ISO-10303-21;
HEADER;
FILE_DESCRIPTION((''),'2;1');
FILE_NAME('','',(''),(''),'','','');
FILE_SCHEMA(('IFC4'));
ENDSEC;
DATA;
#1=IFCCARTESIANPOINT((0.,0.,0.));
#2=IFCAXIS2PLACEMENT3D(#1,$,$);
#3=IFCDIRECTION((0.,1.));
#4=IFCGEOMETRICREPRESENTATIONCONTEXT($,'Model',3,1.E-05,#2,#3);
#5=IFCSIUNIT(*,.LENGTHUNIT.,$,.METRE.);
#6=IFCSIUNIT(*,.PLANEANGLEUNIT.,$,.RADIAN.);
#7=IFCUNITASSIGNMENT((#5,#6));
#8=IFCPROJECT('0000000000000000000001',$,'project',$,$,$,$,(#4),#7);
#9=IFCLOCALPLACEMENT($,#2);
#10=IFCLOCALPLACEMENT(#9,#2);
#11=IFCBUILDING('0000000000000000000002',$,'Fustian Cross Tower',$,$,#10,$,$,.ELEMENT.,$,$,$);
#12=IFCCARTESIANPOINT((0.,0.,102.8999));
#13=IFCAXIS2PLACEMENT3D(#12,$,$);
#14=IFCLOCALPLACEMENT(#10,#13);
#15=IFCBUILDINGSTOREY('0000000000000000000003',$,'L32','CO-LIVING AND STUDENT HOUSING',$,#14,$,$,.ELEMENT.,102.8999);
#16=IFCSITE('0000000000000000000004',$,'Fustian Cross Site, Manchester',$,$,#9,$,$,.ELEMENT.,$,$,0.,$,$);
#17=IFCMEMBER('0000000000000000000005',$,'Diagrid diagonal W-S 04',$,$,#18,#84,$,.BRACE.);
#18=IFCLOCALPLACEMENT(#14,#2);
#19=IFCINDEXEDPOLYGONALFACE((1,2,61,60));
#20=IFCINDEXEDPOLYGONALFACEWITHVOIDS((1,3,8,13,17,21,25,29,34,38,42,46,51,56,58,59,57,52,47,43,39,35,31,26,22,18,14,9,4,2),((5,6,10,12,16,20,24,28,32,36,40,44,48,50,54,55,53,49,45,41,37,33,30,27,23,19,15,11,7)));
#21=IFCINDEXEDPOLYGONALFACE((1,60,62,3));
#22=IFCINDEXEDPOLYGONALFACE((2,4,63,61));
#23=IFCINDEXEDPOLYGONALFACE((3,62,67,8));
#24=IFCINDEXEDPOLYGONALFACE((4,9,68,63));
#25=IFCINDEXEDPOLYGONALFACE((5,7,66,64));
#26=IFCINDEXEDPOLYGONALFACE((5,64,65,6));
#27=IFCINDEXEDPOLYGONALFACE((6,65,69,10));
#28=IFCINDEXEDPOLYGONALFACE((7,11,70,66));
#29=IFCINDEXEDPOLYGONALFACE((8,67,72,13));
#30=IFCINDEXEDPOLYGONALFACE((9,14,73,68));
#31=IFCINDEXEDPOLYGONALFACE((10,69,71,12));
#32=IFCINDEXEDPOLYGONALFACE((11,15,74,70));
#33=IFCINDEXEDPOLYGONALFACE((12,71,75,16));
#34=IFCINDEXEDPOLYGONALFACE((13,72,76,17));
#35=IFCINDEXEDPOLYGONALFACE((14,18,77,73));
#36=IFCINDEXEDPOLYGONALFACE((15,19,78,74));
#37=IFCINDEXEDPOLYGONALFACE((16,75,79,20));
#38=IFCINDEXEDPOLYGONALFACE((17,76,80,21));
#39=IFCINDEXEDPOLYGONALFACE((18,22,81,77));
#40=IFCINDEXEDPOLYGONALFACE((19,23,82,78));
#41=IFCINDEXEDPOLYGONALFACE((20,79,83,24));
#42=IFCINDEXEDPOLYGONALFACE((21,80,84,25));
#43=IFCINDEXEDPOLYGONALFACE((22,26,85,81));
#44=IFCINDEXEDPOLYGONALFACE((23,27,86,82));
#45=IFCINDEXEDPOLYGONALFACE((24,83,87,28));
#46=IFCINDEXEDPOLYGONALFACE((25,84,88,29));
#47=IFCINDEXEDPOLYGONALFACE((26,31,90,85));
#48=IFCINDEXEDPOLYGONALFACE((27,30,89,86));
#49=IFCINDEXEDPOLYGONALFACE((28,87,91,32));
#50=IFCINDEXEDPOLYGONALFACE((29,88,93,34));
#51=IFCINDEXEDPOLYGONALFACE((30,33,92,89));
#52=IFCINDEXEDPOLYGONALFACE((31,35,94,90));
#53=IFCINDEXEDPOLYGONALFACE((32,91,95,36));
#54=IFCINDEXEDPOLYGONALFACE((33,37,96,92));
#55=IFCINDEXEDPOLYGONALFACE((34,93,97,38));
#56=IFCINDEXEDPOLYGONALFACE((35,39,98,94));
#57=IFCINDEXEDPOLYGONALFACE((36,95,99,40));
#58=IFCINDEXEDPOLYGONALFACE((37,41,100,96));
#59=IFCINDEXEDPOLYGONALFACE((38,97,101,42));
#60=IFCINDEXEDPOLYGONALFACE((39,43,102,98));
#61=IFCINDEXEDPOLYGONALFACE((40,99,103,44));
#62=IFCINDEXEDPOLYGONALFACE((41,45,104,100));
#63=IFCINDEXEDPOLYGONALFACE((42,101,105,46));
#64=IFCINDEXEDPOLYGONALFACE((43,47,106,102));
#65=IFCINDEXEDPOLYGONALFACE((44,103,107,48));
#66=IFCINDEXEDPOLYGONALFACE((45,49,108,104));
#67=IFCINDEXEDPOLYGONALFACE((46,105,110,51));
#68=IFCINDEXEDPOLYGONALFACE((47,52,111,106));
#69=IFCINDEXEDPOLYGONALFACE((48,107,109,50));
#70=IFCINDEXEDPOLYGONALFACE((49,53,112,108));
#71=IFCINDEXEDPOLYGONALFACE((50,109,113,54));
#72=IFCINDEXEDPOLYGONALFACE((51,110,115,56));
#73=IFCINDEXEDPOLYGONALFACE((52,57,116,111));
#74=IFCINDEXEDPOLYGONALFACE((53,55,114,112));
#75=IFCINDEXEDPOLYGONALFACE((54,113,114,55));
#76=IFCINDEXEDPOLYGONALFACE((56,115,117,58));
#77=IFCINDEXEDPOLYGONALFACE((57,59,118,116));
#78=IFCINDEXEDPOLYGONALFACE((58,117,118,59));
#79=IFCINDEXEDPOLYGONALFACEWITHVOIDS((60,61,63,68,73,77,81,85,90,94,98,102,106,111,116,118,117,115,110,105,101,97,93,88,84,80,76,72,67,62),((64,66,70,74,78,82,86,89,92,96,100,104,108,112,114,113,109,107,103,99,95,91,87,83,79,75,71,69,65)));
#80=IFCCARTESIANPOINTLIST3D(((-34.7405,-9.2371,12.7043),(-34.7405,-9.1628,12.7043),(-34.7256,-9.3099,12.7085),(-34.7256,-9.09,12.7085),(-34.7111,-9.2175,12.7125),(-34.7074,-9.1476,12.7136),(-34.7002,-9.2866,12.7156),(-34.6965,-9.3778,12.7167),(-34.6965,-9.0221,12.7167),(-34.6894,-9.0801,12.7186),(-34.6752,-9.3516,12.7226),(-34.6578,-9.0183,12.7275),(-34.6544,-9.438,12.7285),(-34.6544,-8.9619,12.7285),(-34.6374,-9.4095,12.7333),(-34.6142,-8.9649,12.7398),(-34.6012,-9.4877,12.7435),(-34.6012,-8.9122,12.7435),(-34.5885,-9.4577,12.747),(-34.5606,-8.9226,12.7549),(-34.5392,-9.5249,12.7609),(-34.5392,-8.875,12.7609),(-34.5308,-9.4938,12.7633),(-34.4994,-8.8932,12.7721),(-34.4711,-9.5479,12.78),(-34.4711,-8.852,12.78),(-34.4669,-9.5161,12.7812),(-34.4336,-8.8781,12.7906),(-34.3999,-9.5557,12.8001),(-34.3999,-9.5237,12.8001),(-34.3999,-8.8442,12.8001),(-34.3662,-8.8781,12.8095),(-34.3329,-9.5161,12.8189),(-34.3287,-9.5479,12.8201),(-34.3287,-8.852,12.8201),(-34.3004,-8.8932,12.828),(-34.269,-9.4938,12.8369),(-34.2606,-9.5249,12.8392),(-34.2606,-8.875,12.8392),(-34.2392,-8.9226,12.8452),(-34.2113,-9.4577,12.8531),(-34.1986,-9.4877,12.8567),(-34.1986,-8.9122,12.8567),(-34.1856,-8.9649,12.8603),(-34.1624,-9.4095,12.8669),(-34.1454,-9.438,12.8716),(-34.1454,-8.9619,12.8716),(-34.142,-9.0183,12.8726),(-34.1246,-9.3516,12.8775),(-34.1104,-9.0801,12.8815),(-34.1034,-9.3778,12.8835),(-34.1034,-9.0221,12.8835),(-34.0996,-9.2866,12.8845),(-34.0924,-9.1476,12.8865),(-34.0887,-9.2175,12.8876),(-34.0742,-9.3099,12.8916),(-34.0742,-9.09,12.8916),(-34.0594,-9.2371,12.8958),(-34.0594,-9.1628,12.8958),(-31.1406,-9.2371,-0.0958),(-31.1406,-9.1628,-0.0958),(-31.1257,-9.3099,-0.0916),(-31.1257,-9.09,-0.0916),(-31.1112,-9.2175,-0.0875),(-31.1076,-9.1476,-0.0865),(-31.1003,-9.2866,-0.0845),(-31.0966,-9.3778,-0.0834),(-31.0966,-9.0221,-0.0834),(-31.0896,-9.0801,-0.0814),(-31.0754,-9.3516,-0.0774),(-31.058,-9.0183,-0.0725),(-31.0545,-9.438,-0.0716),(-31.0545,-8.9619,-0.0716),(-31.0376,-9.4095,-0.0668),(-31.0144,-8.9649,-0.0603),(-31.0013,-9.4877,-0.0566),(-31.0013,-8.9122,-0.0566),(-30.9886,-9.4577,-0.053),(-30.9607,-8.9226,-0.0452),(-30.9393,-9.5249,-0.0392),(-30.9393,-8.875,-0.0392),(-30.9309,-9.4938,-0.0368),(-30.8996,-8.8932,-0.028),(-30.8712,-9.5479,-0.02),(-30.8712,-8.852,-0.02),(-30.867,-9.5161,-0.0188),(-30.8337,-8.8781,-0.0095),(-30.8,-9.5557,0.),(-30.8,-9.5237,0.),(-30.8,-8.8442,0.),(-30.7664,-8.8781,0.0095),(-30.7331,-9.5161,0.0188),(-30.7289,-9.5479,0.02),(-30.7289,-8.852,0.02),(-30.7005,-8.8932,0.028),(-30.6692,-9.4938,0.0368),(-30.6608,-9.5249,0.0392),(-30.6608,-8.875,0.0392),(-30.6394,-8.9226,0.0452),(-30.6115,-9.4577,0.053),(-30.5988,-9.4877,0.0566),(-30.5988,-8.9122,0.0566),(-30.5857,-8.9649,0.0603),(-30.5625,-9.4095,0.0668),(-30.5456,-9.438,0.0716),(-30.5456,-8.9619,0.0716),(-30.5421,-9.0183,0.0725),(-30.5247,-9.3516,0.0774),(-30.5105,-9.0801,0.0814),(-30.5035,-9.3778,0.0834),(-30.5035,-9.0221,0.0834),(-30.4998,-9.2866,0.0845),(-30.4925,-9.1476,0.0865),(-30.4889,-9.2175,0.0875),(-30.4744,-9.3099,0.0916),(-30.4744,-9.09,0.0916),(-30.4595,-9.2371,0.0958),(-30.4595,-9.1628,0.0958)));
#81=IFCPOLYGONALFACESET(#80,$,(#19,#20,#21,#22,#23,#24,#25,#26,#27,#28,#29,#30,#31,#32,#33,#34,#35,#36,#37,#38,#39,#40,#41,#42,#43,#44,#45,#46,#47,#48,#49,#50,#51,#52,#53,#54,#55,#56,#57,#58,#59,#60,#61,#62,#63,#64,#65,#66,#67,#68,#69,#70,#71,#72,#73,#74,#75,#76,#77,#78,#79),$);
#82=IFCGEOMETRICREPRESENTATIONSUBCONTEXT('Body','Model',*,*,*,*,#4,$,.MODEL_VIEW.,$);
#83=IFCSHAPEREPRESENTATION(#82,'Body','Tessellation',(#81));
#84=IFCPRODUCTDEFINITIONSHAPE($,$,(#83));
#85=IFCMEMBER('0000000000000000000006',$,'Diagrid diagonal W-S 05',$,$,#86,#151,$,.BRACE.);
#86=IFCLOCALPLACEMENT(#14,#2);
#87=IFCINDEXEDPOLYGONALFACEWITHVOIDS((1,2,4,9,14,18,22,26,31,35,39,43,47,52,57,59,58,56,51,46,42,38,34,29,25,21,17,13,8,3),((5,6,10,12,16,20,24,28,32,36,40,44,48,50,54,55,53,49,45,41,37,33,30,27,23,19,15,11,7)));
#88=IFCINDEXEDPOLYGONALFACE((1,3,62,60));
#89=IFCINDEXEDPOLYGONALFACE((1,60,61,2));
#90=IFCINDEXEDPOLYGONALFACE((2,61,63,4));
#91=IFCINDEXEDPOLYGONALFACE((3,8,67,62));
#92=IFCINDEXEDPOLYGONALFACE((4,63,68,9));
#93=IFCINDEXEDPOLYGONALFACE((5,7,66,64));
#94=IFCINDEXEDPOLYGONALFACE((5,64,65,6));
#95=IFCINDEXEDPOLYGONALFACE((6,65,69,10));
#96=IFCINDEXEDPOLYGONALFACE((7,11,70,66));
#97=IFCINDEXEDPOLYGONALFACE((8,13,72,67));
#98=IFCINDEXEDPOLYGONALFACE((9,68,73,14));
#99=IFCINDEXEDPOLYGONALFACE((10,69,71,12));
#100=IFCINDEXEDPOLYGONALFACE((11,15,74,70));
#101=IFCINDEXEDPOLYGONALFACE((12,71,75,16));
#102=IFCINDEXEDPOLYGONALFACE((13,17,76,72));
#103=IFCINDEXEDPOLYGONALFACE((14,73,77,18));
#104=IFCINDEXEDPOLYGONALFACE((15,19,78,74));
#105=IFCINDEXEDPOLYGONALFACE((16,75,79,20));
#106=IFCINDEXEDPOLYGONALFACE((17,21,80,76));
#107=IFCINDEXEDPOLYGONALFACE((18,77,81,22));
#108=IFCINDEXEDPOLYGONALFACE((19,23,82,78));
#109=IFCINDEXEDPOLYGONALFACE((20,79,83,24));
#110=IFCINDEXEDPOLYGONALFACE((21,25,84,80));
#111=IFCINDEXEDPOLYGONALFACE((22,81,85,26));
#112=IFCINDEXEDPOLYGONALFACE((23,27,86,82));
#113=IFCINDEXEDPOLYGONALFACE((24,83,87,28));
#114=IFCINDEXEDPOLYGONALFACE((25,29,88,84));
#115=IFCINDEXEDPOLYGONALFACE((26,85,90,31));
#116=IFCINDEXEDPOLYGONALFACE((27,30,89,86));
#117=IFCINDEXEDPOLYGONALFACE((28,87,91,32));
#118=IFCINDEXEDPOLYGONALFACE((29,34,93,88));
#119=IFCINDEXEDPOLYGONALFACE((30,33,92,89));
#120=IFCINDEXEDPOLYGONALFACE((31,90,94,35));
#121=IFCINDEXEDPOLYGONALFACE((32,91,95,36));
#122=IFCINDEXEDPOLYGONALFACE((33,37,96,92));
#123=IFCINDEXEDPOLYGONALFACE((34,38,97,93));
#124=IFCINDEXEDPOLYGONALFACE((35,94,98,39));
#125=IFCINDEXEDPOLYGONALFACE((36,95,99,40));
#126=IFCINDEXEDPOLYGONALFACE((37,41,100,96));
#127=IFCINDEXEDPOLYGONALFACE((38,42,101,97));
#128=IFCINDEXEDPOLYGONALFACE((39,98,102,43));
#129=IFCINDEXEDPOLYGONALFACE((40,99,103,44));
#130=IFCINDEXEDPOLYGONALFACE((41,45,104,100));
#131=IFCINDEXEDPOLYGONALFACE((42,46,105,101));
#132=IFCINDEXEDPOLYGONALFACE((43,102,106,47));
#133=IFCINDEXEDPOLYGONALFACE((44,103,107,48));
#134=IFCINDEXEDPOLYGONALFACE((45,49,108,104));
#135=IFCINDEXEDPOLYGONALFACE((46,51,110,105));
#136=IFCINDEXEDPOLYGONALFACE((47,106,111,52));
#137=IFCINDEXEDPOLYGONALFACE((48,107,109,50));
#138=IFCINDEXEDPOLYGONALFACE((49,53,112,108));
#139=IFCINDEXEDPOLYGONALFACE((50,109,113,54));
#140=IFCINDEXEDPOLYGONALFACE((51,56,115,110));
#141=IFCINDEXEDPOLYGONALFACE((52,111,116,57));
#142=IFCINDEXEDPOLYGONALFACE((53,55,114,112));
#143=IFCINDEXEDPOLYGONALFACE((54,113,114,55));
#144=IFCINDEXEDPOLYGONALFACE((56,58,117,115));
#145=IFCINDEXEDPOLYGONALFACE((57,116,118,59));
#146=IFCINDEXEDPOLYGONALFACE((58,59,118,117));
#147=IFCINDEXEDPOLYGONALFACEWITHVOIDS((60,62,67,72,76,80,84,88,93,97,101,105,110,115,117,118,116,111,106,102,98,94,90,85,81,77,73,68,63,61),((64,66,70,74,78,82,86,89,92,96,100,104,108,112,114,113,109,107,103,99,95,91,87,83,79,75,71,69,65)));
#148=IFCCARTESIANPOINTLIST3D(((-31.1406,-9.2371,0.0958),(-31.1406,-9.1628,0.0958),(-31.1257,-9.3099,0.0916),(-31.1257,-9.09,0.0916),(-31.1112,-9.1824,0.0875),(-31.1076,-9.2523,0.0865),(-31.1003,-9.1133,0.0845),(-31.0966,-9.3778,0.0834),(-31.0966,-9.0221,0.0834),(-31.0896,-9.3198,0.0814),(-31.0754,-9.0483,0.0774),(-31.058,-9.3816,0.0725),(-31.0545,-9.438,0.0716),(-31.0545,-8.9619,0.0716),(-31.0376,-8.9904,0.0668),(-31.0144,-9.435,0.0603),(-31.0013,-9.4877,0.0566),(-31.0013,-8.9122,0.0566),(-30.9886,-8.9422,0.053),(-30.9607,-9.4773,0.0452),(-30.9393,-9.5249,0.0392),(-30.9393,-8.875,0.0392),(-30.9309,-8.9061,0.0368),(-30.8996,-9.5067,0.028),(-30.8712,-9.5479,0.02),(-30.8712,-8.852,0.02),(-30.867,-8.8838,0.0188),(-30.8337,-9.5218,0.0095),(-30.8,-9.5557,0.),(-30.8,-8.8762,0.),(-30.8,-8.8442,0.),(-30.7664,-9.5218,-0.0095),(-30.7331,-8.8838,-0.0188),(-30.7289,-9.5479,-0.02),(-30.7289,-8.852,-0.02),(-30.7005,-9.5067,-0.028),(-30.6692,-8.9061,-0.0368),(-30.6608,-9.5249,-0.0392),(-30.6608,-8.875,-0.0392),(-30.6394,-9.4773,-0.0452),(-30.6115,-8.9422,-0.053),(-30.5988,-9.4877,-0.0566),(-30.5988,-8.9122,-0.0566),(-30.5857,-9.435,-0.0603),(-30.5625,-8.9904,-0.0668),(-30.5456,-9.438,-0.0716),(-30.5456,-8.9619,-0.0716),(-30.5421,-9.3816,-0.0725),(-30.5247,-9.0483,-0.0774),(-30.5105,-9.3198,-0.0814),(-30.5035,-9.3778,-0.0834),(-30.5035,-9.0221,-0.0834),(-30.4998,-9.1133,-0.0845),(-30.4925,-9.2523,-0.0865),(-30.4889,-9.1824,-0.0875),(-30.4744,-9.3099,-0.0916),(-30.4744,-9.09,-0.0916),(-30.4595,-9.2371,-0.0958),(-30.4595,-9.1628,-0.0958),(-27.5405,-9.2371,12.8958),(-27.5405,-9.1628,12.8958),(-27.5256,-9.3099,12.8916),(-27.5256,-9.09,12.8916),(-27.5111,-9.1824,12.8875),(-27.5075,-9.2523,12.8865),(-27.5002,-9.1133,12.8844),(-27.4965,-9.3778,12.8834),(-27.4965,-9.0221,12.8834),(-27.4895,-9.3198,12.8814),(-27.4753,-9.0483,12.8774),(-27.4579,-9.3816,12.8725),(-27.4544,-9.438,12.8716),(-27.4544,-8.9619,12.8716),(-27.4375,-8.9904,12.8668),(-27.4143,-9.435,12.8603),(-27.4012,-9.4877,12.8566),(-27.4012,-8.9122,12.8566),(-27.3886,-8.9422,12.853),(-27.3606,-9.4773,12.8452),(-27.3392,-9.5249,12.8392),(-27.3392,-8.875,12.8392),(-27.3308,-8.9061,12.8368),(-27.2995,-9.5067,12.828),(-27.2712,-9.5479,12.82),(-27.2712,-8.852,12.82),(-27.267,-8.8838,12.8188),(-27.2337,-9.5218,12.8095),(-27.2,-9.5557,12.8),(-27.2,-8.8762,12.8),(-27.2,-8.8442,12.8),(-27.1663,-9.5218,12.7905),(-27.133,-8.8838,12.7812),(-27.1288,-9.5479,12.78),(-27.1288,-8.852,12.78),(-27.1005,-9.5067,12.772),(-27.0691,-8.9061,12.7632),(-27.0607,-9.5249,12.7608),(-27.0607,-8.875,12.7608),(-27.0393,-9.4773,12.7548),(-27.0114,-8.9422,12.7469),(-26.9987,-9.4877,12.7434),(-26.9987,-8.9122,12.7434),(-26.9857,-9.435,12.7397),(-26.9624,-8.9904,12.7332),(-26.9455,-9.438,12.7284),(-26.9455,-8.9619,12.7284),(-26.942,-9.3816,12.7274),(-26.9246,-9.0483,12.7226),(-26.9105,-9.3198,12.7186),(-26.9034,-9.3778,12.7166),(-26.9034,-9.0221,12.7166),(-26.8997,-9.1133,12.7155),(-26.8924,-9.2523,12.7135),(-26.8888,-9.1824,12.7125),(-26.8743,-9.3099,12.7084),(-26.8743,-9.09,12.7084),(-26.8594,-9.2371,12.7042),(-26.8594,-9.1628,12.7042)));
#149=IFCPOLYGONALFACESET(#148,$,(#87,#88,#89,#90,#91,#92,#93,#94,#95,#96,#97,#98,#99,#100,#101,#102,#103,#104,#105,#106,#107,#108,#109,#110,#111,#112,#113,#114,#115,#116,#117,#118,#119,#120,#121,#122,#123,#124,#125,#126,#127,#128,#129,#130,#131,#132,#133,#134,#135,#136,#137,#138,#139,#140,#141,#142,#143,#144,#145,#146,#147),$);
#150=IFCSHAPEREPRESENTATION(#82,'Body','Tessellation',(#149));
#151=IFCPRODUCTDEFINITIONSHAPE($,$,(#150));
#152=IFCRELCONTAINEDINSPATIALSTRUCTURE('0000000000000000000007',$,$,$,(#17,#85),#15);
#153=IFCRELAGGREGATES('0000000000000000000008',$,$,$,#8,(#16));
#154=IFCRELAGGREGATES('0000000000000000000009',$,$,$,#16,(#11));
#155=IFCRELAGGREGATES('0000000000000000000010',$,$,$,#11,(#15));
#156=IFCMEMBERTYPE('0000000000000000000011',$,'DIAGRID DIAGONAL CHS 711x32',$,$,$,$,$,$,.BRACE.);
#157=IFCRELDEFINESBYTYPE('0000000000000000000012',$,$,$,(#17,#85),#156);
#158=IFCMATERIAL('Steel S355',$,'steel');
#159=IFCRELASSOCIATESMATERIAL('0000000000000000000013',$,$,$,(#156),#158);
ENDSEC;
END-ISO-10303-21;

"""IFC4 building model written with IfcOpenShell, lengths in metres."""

from ifc_helpers import new_model, si_unit, direction, frame, origin, origin_2d, place, context, subcontext, project, spatial, hollow_circle, extrude, material, material_profile, profile_set, type_object, element, save


model = new_model("IFC4")

# Units and contexts
model_context = context("Model", 3, precision=1e-05, world=origin(), true_north=direction((0.0, 1.0)))
body_context = subcontext(model_context, "Body", "Model", "MODEL_VIEW")
ifc_project = project(units=[si_unit("LENGTHUNIT", "METRE"), si_unit("PLANEANGLEUNIT", "RADIAN")], contexts=[model_context])

# Site, building, storey
site_placement = place(None, origin())
site = spatial("IfcSite", under=ifc_project, at=site_placement, Name="Fustian Cross Site, Manchester", CompositionType="ELEMENT", RefElevation=0.0)
building_placement = place(site_placement, origin())
building = spatial("IfcBuilding", under=site, at=building_placement, Name="Fustian Cross Tower", CompositionType="ELEMENT")
storey_placement = place(building_placement, frame((0.0, 0.0, 102.8999)))
storey = spatial("IfcBuildingStorey", under=building, at=storey_placement, Name="L32", Description="CO-LIVING AND STUDENT HOUSING", CompositionType="ELEMENT", Elevation=102.8999)

# Members
ifc_material_1 = material(Name="Steel S355", Category="steel")
ifc_material_profile_1 = material_profile(ifc_material_1, hollow_circle(Radius=0.3557, WallThickness=0.032, at=origin_2d()), Name="CHS 711x32")
ifc_profile_set_1 = profile_set([ifc_material_profile_1], Name="Steel S355")
member_type_1 = type_object("IfcMemberType", Name="DIAGRID DIAGONAL CHS 711x32", PredefinedType="BRACE", material=ifc_profile_set_1)
for number, where, z_axis, x_axis, name in (
    (1, (-30.8, -9.2, 0.0), (-0.270734, 0.0, 0.962654), (0.0, -1.0, 0.0), "Diagrid diagonal W-S 04"),
    (2, (-30.8, -9.2, 0.0), (0.270751, 0.0, 0.962649), (0.0, 1.0, 0.0), "Diagrid diagonal W-S 05"),
):
    element("IfcMember", number, at=place(storey_placement, frame(where, z_axis=z_axis, x_axis=x_axis)), inside=storey, type_object=member_type_1, Name=name, PredefinedType="BRACE", context=body_context, shape_type="SweptSolid", body=[
        extrude(hollow_circle(Radius=0.3557, WallThickness=0.032, at=origin_2d()), origin(), (0.0, 0.0, 1.0), 13.2966),
    ])

save(model, "model.ifc")
